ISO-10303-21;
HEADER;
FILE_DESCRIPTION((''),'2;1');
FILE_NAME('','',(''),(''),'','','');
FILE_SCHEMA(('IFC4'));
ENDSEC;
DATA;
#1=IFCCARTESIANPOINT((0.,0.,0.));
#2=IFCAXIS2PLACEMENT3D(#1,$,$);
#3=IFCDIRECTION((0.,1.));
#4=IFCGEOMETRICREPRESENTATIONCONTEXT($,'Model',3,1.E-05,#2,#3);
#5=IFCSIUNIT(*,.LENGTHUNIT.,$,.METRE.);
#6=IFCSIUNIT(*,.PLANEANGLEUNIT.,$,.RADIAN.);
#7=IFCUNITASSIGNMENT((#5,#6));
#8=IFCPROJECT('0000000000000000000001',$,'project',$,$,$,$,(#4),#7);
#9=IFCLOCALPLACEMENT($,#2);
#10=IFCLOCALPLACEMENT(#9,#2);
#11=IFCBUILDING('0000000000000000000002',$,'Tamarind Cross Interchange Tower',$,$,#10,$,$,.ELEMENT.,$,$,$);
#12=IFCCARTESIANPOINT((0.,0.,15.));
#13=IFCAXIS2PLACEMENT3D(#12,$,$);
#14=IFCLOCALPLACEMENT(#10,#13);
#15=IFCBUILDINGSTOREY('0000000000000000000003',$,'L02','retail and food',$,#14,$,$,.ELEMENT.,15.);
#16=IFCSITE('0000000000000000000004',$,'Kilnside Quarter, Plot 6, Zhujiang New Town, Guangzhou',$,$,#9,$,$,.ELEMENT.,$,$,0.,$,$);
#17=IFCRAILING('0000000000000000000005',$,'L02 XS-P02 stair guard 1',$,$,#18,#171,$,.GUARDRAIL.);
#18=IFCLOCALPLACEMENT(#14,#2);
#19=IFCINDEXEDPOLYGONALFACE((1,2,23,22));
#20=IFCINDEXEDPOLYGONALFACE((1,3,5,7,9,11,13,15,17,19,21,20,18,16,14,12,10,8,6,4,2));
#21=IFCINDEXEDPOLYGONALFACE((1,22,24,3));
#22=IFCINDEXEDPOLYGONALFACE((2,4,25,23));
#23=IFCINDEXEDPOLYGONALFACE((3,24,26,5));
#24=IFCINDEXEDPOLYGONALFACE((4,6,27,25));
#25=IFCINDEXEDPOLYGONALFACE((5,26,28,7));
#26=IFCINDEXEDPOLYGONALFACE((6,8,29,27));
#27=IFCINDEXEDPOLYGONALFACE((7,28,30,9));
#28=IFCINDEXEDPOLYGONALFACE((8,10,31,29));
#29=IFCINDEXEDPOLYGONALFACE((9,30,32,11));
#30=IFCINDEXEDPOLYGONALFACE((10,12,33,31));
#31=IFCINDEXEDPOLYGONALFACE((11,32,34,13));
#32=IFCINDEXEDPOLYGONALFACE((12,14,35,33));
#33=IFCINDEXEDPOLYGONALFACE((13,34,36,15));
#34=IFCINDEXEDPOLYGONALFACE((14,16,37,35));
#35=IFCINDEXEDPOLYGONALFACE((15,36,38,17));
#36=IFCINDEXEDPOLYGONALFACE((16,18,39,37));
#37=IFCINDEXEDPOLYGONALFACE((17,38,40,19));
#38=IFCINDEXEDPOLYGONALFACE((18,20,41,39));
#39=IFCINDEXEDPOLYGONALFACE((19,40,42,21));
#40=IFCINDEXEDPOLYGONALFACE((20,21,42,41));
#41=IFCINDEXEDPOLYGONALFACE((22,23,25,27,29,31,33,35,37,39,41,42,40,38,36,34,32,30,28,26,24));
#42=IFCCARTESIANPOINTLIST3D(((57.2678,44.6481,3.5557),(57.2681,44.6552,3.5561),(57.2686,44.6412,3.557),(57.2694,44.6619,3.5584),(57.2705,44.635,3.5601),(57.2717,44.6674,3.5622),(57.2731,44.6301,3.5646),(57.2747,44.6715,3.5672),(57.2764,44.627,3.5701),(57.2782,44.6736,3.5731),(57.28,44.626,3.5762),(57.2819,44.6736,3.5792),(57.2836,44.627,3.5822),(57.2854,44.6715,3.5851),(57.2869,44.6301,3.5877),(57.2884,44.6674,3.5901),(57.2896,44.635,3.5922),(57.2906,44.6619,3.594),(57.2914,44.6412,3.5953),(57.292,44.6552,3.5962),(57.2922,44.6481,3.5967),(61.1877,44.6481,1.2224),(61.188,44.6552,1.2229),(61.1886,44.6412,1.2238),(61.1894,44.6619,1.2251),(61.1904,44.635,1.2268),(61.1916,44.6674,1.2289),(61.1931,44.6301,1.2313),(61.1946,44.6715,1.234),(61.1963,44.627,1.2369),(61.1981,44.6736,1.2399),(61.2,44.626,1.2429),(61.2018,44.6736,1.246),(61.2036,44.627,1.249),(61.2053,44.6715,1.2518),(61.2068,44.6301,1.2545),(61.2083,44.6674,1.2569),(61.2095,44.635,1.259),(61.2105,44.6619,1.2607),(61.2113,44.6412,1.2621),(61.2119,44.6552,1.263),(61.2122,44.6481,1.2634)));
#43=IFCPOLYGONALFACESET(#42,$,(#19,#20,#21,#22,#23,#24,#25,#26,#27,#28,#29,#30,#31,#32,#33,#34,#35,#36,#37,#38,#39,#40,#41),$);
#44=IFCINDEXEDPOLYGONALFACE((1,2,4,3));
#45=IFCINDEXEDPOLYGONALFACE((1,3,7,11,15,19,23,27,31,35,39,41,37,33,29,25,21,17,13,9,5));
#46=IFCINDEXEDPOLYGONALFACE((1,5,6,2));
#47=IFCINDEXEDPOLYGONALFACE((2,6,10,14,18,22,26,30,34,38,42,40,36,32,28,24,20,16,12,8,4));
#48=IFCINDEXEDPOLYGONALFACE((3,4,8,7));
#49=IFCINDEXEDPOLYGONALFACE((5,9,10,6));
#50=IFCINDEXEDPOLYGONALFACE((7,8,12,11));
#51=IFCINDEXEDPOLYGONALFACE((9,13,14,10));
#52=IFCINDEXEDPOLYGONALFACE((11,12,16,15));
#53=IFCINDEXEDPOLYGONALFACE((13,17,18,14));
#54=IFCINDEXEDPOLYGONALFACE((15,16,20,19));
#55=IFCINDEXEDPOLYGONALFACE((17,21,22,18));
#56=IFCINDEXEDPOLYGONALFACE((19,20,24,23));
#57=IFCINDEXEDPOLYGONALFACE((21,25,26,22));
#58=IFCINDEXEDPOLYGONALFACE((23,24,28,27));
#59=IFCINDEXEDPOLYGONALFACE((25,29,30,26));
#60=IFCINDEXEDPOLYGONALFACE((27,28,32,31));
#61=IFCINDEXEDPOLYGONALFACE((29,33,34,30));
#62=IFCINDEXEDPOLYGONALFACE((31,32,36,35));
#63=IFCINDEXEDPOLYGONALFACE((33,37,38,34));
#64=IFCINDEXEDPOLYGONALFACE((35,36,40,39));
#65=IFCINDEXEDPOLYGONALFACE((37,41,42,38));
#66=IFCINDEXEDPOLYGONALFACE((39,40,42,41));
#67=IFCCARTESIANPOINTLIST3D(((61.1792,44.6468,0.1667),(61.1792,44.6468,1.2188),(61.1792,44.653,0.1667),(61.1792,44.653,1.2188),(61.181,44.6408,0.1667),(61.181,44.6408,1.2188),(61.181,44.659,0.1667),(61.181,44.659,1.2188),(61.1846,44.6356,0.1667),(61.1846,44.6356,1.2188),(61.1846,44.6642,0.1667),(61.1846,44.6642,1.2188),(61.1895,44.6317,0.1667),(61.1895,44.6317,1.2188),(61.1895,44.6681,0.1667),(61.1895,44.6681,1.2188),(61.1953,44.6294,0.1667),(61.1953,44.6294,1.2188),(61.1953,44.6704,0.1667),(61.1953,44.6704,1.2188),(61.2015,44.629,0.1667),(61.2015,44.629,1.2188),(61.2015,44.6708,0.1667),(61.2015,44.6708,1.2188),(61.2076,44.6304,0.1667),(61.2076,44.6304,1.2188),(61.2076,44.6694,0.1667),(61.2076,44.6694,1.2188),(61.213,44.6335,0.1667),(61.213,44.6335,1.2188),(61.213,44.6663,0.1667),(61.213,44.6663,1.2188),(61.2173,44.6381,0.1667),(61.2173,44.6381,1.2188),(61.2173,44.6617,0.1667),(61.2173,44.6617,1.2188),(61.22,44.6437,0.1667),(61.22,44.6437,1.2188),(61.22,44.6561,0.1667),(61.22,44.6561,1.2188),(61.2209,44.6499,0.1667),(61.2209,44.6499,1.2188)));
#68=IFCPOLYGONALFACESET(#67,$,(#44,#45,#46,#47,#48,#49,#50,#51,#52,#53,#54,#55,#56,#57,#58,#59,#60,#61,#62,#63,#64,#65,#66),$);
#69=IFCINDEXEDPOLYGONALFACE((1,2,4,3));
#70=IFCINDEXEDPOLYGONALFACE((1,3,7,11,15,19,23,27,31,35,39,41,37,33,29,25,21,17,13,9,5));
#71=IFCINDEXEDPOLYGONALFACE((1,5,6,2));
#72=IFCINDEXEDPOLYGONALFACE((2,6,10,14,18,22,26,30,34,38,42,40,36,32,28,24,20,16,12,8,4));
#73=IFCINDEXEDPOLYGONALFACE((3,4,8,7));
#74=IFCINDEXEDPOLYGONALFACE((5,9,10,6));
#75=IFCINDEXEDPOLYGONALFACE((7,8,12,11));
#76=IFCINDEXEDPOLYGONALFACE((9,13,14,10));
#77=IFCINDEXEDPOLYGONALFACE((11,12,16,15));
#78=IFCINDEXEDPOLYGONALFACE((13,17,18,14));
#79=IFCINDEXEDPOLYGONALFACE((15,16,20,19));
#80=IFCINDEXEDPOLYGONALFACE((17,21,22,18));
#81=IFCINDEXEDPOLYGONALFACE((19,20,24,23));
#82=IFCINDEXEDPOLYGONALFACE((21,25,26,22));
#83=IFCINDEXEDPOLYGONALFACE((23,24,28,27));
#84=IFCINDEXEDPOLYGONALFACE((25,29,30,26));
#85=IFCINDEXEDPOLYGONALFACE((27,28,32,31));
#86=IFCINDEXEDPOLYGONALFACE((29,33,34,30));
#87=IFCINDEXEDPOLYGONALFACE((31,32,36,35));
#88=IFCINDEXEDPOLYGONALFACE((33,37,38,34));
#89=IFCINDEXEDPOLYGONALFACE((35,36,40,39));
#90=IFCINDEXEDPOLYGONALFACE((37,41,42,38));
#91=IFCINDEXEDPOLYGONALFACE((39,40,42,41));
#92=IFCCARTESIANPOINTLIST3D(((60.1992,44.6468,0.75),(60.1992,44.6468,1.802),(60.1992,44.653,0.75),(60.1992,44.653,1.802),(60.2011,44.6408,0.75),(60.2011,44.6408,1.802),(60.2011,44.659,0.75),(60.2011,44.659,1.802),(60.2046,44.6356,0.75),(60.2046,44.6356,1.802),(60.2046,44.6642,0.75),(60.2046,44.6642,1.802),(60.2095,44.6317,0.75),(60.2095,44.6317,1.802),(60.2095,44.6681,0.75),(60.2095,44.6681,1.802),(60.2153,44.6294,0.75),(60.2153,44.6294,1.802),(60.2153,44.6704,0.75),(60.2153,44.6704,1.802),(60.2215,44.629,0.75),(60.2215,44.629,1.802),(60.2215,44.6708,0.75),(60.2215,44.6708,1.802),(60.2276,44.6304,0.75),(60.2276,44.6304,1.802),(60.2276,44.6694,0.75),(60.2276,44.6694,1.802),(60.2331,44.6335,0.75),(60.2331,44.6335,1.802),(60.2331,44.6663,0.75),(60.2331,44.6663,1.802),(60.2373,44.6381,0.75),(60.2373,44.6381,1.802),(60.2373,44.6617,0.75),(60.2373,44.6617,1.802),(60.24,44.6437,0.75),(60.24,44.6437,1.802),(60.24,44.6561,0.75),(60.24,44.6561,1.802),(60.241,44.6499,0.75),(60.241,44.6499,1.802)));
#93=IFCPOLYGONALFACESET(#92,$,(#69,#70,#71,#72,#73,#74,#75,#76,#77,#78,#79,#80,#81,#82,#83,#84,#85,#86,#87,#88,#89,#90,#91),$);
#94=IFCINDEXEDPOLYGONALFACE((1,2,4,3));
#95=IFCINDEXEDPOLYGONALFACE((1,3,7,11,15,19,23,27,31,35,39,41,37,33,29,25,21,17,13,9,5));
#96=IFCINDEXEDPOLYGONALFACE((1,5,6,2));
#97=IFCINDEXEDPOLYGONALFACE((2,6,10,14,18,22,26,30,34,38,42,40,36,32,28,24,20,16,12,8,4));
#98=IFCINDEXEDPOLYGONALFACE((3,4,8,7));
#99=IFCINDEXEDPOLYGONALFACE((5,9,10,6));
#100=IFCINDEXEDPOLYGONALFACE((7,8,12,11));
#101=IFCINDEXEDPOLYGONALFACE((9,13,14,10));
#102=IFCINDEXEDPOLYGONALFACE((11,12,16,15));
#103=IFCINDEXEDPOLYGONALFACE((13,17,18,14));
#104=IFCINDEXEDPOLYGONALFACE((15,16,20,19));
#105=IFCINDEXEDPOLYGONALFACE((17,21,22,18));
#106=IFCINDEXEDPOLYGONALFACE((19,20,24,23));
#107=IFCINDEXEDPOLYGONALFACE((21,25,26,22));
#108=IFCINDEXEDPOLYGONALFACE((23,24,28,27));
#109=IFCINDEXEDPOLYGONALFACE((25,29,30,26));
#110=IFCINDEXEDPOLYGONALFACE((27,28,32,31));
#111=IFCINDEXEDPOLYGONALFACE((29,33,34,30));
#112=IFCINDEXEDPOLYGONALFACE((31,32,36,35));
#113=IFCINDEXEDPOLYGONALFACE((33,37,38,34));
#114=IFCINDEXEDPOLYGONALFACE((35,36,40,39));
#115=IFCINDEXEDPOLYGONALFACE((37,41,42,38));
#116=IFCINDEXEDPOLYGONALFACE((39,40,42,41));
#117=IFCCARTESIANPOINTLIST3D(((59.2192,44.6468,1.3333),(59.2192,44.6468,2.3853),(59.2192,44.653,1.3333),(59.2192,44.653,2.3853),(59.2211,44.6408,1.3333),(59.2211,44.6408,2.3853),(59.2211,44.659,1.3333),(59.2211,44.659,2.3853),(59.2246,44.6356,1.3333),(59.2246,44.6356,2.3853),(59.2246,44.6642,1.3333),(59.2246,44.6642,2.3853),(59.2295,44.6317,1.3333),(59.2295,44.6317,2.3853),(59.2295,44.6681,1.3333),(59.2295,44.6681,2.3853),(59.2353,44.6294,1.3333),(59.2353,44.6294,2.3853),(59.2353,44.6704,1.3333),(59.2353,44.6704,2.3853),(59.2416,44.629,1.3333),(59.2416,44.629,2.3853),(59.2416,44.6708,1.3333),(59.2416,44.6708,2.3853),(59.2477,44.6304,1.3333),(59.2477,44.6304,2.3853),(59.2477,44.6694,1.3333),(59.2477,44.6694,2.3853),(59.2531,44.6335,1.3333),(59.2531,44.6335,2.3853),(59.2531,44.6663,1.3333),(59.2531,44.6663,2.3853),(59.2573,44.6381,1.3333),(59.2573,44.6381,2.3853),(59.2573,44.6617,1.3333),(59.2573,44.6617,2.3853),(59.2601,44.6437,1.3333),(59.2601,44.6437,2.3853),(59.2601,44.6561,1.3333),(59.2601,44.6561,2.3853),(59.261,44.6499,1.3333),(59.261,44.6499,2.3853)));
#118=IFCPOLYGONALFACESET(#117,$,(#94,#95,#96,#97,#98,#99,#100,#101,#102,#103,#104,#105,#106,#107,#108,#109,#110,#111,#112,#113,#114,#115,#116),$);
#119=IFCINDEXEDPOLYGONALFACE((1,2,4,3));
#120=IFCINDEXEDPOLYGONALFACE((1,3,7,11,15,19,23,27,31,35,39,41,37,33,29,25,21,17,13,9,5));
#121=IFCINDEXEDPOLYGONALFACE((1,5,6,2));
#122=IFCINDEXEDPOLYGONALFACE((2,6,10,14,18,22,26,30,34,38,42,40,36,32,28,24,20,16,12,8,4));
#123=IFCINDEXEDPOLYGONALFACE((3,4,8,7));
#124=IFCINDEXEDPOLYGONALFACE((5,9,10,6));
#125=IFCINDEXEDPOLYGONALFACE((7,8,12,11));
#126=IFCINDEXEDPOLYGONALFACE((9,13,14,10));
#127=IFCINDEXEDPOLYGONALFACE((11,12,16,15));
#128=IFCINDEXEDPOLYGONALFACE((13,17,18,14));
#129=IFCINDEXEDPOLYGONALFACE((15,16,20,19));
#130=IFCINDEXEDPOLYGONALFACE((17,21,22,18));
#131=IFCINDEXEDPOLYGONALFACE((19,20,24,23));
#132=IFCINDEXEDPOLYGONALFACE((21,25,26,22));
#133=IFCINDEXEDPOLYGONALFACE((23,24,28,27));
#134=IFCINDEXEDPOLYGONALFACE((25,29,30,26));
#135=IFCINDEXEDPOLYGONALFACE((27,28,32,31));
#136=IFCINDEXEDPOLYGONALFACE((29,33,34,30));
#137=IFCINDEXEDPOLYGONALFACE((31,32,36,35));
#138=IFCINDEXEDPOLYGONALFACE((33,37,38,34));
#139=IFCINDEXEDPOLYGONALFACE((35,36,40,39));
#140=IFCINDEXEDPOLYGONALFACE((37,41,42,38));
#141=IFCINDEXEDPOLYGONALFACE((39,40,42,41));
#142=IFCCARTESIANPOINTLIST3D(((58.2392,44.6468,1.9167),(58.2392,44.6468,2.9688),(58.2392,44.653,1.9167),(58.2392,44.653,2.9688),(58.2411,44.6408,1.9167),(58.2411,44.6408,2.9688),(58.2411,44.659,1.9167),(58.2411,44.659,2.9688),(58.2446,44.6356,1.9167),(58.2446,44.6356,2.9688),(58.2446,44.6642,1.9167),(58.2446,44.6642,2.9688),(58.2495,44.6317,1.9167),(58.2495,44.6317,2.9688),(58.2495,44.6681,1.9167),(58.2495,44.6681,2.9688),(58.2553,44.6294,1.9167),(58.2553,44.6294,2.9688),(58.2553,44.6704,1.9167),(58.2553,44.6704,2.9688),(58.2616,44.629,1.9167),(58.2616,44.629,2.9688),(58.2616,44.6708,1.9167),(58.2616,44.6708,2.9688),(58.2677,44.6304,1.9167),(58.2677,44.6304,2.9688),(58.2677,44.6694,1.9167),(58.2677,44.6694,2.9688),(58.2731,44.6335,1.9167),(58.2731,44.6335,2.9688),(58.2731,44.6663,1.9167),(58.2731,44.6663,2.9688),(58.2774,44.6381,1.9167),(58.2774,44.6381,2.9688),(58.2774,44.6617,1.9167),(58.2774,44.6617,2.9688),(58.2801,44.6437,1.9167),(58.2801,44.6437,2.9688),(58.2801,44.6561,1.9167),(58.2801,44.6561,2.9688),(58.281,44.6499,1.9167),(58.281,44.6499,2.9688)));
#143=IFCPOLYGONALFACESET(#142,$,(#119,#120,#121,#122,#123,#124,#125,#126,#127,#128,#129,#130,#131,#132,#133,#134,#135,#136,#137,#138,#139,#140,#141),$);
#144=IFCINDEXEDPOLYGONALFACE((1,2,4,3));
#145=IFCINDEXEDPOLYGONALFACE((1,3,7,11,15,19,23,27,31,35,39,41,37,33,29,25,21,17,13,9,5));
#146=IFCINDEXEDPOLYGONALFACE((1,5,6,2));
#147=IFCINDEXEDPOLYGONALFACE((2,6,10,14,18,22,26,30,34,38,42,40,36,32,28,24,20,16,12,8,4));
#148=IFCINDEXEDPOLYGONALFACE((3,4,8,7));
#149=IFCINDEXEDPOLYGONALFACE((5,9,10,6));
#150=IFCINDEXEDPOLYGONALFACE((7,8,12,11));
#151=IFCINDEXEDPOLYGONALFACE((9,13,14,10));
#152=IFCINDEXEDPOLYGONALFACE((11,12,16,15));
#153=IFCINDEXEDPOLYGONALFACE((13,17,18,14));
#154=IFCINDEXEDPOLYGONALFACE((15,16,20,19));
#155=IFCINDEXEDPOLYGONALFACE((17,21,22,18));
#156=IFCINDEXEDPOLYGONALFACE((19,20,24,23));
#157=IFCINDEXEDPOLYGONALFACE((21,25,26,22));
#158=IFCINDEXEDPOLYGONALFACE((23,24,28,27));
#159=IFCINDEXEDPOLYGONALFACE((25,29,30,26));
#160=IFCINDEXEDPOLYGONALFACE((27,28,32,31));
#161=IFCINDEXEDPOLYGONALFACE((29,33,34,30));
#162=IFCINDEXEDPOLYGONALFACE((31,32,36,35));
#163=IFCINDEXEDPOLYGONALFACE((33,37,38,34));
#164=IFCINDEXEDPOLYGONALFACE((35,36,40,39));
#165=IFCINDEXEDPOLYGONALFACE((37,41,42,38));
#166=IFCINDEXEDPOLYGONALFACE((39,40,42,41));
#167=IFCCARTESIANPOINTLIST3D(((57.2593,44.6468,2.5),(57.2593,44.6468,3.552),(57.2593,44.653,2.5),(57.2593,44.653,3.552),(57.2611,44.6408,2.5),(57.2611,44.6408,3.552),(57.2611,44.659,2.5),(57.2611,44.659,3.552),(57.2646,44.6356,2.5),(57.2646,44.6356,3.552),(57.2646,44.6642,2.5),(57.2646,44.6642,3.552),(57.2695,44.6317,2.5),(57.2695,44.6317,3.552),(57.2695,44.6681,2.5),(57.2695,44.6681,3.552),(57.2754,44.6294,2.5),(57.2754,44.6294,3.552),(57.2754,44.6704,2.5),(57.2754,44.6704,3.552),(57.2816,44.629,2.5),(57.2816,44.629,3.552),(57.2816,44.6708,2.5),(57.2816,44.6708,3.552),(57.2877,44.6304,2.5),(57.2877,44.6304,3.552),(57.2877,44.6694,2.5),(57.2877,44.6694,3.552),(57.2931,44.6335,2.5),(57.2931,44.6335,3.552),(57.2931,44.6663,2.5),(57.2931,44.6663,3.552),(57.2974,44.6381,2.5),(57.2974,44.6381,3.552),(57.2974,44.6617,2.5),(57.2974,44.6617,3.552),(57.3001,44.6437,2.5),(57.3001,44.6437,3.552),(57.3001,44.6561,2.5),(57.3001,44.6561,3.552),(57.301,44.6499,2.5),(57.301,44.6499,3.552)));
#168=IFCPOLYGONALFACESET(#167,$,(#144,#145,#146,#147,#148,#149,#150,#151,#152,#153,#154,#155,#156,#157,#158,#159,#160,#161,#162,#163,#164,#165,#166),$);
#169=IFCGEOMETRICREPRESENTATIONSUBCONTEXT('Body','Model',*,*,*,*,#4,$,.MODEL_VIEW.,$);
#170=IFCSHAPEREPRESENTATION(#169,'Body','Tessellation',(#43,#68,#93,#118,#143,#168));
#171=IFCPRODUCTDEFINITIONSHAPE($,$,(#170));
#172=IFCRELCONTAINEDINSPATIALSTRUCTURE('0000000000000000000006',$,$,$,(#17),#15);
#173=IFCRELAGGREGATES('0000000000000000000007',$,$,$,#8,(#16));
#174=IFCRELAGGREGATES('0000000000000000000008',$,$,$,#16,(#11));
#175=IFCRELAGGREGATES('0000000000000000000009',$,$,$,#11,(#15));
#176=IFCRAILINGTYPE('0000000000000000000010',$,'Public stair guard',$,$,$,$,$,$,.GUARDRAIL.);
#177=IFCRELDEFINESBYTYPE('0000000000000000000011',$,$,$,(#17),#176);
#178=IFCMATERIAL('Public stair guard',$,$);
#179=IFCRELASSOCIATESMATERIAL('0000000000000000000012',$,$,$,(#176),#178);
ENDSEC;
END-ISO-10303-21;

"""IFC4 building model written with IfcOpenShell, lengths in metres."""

from ifc_helpers import new_model, si_unit, direction, frame, origin, origin_2d, place, context, subcontext, project, spatial, circle, extrude, material, type_object, element, save


model = new_model("IFC4")

# Units and contexts
model_context = context("Model", 3, precision=1e-05, world=origin(), true_north=direction((0.0, 1.0)))
body_context = subcontext(model_context, "Body", "Model", "MODEL_VIEW")
ifc_project = project(units=[si_unit("LENGTHUNIT", "METRE"), si_unit("PLANEANGLEUNIT", "RADIAN")], contexts=[model_context])

# Site, building, storey
site_placement = place(None, origin())
site = spatial("IfcSite", under=ifc_project, at=site_placement, Name="Kilnside Quarter, Plot 6, Zhujiang New Town, Guangzhou", CompositionType="ELEMENT", RefElevation=0.0)
building_placement = place(site_placement, origin())
building = spatial("IfcBuilding", under=site, at=building_placement, Name="Tamarind Cross Interchange Tower", CompositionType="ELEMENT")
storey_placement = place(building_placement, frame((0.0, 0.0, 15.0)))
storey = spatial("IfcBuildingStorey", under=building, at=storey_placement, Name="L02", Description="retail and food", CompositionType="ELEMENT", Elevation=15.0)

# Railing
ifc_material_1 = material(Name="Public stair guard")
railing_type_1 = type_object("IfcRailingType", Name="Public stair guard", PredefinedType="GUARDRAIL", material=ifc_material_1)
railing_1_placement = place(storey_placement, frame((61.2, 44.6499, 0.1667)))
element("IfcRailing", 1, at=railing_1_placement, inside=storey, type_object=railing_type_1, Name="L02 XS-P02 stair guard 1", PredefinedType="GUARDRAIL", context=body_context, shape_type="SweptSolid", body=[
    extrude(circle(Radius=0.0239, at=origin_2d()), frame((0.0, 0.0, 1.0762), z_axis=(-0.859296, 0.0, 0.511478), x_axis=(0.0, -1.0, 0.0)), (0.0, 0.0, 1.0), 4.5618),
    extrude(circle(Radius=0.021, at=origin_2d()), origin(), (0.0, 0.0, 1.0), 1.052),
    extrude(circle(Radius=0.021, at=origin_2d()), frame((-0.98, 0.0, 0.5833)), (0.0, 0.0, 1.0), 1.052),
    extrude(circle(Radius=0.021, at=origin_2d()), frame((-1.96, 0.0, 1.1665)), (0.0, 0.0, 1.0), 1.052),
    extrude(circle(Radius=0.021, at=origin_2d()), frame((-2.9399, 0.0, 1.75)), (0.0, 0.0, 1.0), 1.052),
    extrude(circle(Radius=0.021, at=origin_2d()), frame((-3.9199, 0.0, 2.3333)), (0.0, 0.0, 1.0), 1.052),
])

save(model, "model.ifc")
